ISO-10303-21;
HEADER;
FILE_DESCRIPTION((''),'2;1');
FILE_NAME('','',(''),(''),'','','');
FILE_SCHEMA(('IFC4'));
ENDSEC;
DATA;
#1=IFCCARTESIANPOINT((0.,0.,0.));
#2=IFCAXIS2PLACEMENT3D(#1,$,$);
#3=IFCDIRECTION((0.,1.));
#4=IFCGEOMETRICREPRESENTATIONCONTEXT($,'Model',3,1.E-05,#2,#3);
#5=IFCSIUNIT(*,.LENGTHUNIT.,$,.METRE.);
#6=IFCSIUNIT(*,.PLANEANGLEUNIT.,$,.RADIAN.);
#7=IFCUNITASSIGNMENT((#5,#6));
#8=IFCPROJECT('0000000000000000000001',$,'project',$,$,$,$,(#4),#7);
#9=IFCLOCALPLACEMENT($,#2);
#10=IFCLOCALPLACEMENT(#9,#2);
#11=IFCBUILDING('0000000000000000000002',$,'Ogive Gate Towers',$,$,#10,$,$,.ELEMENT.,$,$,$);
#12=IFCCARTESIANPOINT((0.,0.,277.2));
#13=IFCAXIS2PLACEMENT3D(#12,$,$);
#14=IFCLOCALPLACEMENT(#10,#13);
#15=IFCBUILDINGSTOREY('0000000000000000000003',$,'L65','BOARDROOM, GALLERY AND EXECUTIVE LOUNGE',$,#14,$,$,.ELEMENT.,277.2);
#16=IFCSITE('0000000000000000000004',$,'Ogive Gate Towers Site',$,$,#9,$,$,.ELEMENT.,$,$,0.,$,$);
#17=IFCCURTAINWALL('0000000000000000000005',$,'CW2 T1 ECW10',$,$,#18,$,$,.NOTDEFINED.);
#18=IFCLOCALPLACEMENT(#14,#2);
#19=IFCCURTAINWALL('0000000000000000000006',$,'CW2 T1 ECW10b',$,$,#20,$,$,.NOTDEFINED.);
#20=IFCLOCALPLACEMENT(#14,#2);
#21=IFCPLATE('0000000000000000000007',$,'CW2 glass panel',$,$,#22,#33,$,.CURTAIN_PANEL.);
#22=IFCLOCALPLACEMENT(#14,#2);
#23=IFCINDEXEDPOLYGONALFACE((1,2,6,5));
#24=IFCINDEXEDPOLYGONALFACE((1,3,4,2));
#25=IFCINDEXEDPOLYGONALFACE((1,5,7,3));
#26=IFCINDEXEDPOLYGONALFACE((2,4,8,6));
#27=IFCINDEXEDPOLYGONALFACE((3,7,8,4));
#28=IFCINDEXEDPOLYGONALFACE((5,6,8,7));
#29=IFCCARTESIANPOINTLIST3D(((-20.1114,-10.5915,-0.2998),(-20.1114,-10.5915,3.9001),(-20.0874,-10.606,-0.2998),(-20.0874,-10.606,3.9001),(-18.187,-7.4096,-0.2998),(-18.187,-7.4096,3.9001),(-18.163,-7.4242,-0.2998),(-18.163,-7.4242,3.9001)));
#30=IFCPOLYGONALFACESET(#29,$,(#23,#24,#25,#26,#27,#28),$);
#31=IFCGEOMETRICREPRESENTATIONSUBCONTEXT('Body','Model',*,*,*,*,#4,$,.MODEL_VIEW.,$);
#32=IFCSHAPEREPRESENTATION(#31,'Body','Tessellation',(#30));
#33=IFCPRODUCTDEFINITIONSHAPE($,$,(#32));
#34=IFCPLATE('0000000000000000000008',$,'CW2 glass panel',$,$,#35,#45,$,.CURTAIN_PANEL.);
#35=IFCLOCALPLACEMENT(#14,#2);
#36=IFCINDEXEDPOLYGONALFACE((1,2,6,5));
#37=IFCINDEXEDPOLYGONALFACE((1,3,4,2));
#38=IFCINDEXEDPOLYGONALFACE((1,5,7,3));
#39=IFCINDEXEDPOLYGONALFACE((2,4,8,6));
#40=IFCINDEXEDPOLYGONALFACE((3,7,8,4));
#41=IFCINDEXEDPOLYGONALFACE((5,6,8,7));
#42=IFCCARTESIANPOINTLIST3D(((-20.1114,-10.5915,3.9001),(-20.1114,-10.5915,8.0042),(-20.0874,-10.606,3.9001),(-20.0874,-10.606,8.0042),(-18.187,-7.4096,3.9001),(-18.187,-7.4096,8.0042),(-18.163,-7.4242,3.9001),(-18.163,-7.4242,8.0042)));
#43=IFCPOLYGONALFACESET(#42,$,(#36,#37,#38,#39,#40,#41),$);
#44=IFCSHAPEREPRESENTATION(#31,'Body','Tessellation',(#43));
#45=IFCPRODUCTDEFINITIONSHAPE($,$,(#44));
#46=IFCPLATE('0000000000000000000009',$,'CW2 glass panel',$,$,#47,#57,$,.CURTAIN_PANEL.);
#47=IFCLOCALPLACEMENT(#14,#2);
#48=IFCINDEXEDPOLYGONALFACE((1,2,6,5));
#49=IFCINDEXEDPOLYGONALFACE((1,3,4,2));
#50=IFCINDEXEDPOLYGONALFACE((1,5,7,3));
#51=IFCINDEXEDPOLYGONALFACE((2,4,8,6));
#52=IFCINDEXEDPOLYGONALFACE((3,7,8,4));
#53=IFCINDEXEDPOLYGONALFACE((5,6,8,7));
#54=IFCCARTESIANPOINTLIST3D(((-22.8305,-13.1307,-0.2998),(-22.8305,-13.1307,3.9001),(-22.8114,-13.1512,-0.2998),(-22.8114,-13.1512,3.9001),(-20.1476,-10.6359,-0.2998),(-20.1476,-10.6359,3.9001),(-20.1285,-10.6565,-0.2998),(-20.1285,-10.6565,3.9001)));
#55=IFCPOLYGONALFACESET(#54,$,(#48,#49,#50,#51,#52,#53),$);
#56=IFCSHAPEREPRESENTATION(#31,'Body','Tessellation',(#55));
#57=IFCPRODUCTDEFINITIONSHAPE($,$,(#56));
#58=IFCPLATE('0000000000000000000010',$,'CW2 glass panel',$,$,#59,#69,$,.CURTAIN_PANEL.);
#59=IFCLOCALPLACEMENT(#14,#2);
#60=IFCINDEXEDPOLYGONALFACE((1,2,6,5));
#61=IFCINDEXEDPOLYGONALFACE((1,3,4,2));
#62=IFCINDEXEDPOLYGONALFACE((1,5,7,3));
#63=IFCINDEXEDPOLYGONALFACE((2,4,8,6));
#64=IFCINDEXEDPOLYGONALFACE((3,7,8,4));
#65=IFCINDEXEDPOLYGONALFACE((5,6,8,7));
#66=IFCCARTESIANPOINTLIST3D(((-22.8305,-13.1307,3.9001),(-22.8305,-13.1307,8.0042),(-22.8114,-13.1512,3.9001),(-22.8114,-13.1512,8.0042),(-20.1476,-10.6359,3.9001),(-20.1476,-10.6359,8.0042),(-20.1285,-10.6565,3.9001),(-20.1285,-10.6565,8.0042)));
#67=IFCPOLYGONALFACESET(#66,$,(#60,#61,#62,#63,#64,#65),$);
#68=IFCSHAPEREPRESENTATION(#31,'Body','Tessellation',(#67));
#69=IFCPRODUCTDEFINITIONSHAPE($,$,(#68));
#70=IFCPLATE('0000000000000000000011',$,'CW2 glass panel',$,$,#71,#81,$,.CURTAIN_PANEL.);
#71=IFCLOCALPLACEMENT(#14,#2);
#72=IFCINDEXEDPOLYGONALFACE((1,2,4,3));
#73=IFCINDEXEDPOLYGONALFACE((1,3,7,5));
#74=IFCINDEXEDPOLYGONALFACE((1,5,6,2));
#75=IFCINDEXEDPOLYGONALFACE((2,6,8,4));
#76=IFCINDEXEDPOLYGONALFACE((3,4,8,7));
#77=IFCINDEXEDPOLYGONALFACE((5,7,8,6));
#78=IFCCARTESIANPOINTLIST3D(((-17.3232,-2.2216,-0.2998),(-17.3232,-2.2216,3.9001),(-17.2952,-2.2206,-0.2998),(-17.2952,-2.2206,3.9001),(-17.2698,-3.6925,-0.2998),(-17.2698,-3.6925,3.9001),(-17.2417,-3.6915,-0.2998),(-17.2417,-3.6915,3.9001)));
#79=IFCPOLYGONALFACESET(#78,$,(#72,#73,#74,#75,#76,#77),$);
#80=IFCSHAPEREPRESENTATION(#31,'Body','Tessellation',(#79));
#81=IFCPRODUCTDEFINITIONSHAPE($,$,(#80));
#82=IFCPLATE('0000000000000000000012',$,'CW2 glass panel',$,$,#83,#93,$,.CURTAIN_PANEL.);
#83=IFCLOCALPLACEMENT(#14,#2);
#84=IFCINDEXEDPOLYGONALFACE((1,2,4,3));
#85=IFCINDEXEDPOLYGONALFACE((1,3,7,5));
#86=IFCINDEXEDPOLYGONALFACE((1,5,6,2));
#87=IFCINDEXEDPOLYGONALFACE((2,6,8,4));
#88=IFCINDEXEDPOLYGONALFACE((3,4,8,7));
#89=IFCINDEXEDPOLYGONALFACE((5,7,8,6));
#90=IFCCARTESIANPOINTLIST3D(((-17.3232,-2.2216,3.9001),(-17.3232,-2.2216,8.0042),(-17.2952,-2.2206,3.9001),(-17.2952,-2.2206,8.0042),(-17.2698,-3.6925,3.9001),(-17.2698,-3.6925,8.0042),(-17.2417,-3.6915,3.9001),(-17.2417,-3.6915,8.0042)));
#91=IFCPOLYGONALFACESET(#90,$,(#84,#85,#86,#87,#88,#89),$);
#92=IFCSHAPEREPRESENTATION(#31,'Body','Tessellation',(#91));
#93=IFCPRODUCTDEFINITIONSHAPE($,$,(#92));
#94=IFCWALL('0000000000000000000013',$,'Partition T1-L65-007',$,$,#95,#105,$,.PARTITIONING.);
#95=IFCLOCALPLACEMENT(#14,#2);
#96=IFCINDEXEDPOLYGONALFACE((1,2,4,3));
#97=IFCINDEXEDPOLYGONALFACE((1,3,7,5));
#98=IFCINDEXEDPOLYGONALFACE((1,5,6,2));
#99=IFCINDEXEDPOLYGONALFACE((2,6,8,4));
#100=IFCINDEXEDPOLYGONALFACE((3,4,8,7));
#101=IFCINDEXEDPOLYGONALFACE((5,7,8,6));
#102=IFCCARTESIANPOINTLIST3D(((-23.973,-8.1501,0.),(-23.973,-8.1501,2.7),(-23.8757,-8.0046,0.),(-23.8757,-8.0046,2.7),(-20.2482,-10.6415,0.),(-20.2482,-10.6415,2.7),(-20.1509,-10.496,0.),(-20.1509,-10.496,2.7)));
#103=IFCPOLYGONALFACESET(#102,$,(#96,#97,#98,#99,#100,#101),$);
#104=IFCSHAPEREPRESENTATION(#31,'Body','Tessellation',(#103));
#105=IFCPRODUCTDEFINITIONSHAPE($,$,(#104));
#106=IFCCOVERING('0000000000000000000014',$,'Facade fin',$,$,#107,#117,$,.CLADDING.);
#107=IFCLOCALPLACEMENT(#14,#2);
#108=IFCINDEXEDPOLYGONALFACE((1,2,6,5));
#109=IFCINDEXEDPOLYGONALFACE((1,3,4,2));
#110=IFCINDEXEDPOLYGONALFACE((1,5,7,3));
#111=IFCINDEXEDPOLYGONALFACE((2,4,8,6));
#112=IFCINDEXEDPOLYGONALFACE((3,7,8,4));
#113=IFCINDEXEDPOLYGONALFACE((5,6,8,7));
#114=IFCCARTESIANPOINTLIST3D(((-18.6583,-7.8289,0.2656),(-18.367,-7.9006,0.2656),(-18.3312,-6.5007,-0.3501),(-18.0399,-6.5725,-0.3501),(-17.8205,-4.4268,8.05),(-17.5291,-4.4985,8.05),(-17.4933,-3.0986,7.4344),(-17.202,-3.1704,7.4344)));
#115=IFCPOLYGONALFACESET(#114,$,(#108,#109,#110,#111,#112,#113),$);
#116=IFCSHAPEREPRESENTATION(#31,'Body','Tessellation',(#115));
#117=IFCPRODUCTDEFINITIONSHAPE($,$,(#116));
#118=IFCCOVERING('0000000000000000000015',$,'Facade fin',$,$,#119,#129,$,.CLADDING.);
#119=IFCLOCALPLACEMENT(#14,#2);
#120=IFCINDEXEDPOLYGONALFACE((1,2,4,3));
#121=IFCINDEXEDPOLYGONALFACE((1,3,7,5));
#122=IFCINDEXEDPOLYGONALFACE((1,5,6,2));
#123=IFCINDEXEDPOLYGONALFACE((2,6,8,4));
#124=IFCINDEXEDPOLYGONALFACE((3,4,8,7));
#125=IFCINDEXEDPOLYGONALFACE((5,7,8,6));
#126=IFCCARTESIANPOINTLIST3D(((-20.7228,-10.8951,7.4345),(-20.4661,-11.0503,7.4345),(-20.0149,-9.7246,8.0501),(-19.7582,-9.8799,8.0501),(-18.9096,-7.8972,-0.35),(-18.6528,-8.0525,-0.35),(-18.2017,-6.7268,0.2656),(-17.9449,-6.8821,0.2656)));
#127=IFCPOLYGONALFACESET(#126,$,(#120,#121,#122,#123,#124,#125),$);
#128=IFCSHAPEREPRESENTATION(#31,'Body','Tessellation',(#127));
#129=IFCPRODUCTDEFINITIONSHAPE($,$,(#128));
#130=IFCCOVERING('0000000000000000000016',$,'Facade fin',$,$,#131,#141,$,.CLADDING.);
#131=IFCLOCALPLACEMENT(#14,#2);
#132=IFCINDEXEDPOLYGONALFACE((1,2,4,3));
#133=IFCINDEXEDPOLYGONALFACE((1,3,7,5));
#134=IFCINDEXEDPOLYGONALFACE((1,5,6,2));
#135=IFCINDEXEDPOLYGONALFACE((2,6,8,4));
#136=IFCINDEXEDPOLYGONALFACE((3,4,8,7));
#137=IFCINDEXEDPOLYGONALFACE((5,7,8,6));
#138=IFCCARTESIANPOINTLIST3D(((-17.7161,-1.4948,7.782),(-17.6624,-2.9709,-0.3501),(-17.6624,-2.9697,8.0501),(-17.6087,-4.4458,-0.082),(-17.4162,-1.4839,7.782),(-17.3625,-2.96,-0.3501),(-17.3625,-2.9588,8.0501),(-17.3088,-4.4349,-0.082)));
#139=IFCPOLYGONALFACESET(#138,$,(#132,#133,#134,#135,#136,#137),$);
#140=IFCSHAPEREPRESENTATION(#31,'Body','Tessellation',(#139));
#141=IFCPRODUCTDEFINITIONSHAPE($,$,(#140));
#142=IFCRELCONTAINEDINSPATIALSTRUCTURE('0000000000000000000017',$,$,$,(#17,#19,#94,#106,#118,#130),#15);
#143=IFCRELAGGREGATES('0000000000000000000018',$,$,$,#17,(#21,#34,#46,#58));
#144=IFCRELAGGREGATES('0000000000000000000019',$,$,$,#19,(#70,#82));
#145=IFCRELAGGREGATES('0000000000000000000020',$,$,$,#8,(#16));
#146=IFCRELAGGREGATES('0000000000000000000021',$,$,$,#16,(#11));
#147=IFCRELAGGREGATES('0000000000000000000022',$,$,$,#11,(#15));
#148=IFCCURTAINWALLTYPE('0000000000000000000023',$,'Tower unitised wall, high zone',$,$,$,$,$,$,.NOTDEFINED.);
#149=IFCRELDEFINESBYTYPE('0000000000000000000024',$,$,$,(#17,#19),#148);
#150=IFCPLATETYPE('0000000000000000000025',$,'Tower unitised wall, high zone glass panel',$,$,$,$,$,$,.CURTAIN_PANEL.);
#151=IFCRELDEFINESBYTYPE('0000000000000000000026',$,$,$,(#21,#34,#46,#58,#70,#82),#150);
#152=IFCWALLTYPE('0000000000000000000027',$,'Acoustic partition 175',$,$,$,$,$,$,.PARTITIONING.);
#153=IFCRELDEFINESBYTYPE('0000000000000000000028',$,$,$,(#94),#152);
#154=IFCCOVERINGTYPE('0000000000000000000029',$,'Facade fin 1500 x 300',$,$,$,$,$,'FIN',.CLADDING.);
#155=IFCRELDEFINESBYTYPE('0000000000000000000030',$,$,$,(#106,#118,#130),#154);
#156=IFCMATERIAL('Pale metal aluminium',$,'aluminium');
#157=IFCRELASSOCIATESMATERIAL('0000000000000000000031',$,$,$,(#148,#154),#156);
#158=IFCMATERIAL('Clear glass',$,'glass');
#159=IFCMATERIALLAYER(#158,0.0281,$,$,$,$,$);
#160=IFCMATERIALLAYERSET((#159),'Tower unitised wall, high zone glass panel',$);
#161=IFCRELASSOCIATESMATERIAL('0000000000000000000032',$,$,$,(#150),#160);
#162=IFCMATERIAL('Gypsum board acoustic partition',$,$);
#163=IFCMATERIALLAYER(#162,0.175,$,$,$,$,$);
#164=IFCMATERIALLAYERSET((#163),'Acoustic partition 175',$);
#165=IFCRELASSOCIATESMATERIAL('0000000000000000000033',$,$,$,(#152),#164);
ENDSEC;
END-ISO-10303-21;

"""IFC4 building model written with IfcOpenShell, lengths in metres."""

from ifc_helpers import new_model, si_unit, direction, frame, frame_2d, origin, origin_2d, place, context, subcontext, project, spatial, rectangle, extrude, material, layer, layer_set, material_profile, profile_set, type_object, element, aggregate, save


model = new_model("IFC4")

# Units and contexts
model_context = context("Model", 3, precision=1e-05, world=origin(), true_north=direction((0.0, 1.0)))
body_context = subcontext(model_context, "Body", "Model", "MODEL_VIEW")
ifc_project = project(units=[si_unit("LENGTHUNIT", "METRE"), si_unit("PLANEANGLEUNIT", "RADIAN")], contexts=[model_context])

# Site, building, storey
site_placement = place(None, origin())
site = spatial("IfcSite", under=ifc_project, at=site_placement, Name="Ogive Gate Towers Site", CompositionType="ELEMENT", RefElevation=0.0)
building_placement = place(site_placement, origin())
building = spatial("IfcBuilding", under=site, at=building_placement, Name="Ogive Gate Towers", CompositionType="ELEMENT")
storey_placement = place(building_placement, frame((0.0, 0.0, 277.2)))
storey = spatial("IfcBuildingStorey", under=building, at=storey_placement, Name="L65", Description="BOARDROOM, GALLERY AND EXECUTIVE LOUNGE", CompositionType="ELEMENT", Elevation=277.2)

# Curtain wall
ifc_material_1 = material(Name="Pale metal aluminium", Category="aluminium")
curtain_wall_type_1 = type_object("IfcCurtainWallType", Name="Tower unitised wall, high zone", PredefinedType="NOTDEFINED", material=ifc_material_1)
curtain_wall_1_placement = place(storey_placement, origin())
curtain_wall_1 = element("IfcCurtainWall", 1, at=curtain_wall_1_placement, inside=storey, type_object=curtain_wall_type_1, Name="CW2 T1 ECW10", PredefinedType="NOTDEFINED")

# Curtain wall
curtain_wall_2_placement = place(storey_placement, origin())
curtain_wall_2 = element("IfcCurtainWall", 2, at=curtain_wall_2_placement, inside=storey, type_object=curtain_wall_type_1, Name="CW2 T1 ECW10b", PredefinedType="NOTDEFINED")

# Shared definitions
ifc_material_2 = material(Name="Clear glass", Category="glass")

# Plates
ifc_layer_1 = layer(ifc_material_2, 0.0281)
ifc_layer_set_1 = layer_set([ifc_layer_1], Name="Tower unitised wall, high zone glass panel")
plate_type_1 = type_object("IfcPlateType", Name="Tower unitised wall, high zone glass panel", PredefinedType="CURTAIN_PANEL", material=ifc_layer_set_1)
plate_1_placement = place(storey_placement, frame((-19.1372, -9.0078, -0.2998), z_axis=(0.0, 0.0, 1.0), x_axis=(-0.517519, -0.855672, 0.0)))
plate_1 = element("IfcPlate", 3, at=plate_1_placement, type_object=plate_type_1, Name="CW2 glass panel", PredefinedType="CURTAIN_PANEL", context=body_context, shape_type="SweptSolid", body=[
    extrude(rectangle(XDim=3.7185, YDim=0.0281, at=origin_2d()), origin(), (0.0, 0.0, 1.0), 4.2),
])
plate_2_placement = place(storey_placement, frame((-19.1372, -9.0078, 3.9001), z_axis=(0.0, 0.0, 1.0), x_axis=(-0.517519, -0.855672, 0.0)))
plate_2 = element("IfcPlate", 4, at=plate_2_placement, type_object=plate_type_1, Name="CW2 glass panel", PredefinedType="CURTAIN_PANEL", context=body_context, shape_type="SweptSolid", body=[
    extrude(rectangle(XDim=3.7185, YDim=0.0281, at=origin_2d()), origin(), (0.0, 0.0, 1.0), 4.104),
])
plate_3_placement = place(storey_placement, frame((-21.4795, -11.8936, -0.2998), z_axis=(0.0, 0.0, 1.0), x_axis=(-0.732317, -0.680964, 0.0)))
plate_3 = element("IfcPlate", 5, at=plate_3_placement, type_object=plate_type_1, Name="CW2 glass panel", PredefinedType="CURTAIN_PANEL", context=body_context, shape_type="SweptSolid", body=[
    extrude(rectangle(XDim=3.6636, YDim=0.0281, at=origin_2d()), origin(), (0.0, 0.0, 1.0), 4.2),
])
plate_4_placement = place(storey_placement, frame((-21.4795, -11.8936, 3.9001), z_axis=(0.0, 0.0, 1.0), x_axis=(-0.732317, -0.680964, 0.0)))
plate_4 = element("IfcPlate", 6, at=plate_4_placement, type_object=plate_type_1, Name="CW2 glass panel", PredefinedType="CURTAIN_PANEL", context=body_context, shape_type="SweptSolid", body=[
    extrude(rectangle(XDim=3.6636, YDim=0.0281, at=origin_2d()), origin(), (0.0, 0.0, 1.0), 4.104),
])
aggregate(curtain_wall_1, [plate_1, plate_2, plate_3, plate_4])
plate_5_placement = place(storey_placement, frame((-17.2825, -2.9565, -0.2998), z_axis=(0.0, 0.0, 1.0), x_axis=(0.036312, -0.99934, 0.0)))
plate_5 = element("IfcPlate", 7, at=plate_5_placement, type_object=plate_type_1, Name="CW2 glass panel", PredefinedType="CURTAIN_PANEL", context=body_context, shape_type="SweptSolid", body=[
    extrude(rectangle(XDim=1.4719, YDim=0.0281, at=origin_2d()), origin(), (0.0, 0.0, 1.0), 4.2),
])
plate_6_placement = place(storey_placement, frame((-17.2825, -2.9565, 3.9001), z_axis=(0.0, 0.0, 1.0), x_axis=(0.036312, -0.99934, 0.0)))
plate_6 = element("IfcPlate", 8, at=plate_6_placement, type_object=plate_type_1, Name="CW2 glass panel", PredefinedType="CURTAIN_PANEL", context=body_context, shape_type="SweptSolid", body=[
    extrude(rectangle(XDim=1.4719, YDim=0.0281, at=origin_2d()), origin(), (0.0, 0.0, 1.0), 4.104),
])
aggregate(curtain_wall_2, [plate_5, plate_6])

# Wall
ifc_material_3 = material(Name="Gypsum board acoustic partition")
ifc_layer_2 = layer(ifc_material_3, 0.175)
ifc_layer_set_2 = layer_set([ifc_layer_2], Name="Acoustic partition 175")
wall_type = type_object("IfcWallType", Name="Acoustic partition 175", PredefinedType="PARTITIONING", material=ifc_layer_set_2)
wall_placement = place(storey_placement, frame((-20.1995, -10.5688, 0.0), z_axis=(0.0, 0.0, 1.0), x_axis=(-0.831203, 0.555969, 0.0)))
element("IfcWall", 9, at=wall_placement, inside=storey, type_object=wall_type, Name="Partition T1-L65-007", PredefinedType="PARTITIONING", context=body_context, shape_type="SweptSolid", body=[
    extrude(rectangle(XDim=4.4812, YDim=0.175, at=frame_2d((2.2407, 0.0))), origin(), (0.0, 0.0, 1.0), 2.7),
])

# Coverings
ifc_material_profile_1 = material_profile(ifc_material_1, rectangle(XDim=0.3, YDim=1.5, at=origin_2d()), Name="1500 x 300 pale metal aluminium")
ifc_profile_set_1 = profile_set([ifc_material_profile_1], Name="Pale metal aluminium")
covering_type = type_object("IfcCoveringType", Name="Facade fin 1500 x 300", ElementType="FIN", PredefinedType="CLADDING", material=ifc_profile_set_1)
for number, where, z_axis, x_axis, name in (
    (10, (-18.3491, -7.2007, -0.0422), (0.098153, 0.398531, 0.911888), (-0.970985, 0.23914, 0.0), "Facade fin"),
    (11, (-18.4272, -7.3896, -0.0422), (-0.212409, -0.351175, 0.911898), (0.855655, -0.517546, 0.0), "Facade fin"),
):
    element("IfcCovering", number, at=place(storey_placement, frame(where, z_axis=z_axis, x_axis=x_axis)), inside=storey, type_object=covering_type, Name=name, PredefinedType="CLADDING", context=body_context, shape_type="SweptSolid", body=[
        extrude(rectangle(XDim=0.3, YDim=1.5, at=origin_2d()), origin(), (0.0, 0.0, 1.0), 8.5366),
    ])
covering_placement = place(storey_placement, frame((-17.4856, -3.7029, -0.2161), z_axis=(-0.006498, 0.178591, 0.983902), x_axis=(-0.999339, -0.036364, 0.0)))
element("IfcCovering", 12, at=covering_placement, inside=storey, type_object=covering_type, Name="Facade fin", PredefinedType="CLADDING", context=body_context, shape_type="SweptSolid", body=[
    extrude(rectangle(XDim=0.3, YDim=1.5, at=origin_2d()), origin(), (0.0, 0.0, 1.0), 8.2651),
])

save(model, "model.ifc")
